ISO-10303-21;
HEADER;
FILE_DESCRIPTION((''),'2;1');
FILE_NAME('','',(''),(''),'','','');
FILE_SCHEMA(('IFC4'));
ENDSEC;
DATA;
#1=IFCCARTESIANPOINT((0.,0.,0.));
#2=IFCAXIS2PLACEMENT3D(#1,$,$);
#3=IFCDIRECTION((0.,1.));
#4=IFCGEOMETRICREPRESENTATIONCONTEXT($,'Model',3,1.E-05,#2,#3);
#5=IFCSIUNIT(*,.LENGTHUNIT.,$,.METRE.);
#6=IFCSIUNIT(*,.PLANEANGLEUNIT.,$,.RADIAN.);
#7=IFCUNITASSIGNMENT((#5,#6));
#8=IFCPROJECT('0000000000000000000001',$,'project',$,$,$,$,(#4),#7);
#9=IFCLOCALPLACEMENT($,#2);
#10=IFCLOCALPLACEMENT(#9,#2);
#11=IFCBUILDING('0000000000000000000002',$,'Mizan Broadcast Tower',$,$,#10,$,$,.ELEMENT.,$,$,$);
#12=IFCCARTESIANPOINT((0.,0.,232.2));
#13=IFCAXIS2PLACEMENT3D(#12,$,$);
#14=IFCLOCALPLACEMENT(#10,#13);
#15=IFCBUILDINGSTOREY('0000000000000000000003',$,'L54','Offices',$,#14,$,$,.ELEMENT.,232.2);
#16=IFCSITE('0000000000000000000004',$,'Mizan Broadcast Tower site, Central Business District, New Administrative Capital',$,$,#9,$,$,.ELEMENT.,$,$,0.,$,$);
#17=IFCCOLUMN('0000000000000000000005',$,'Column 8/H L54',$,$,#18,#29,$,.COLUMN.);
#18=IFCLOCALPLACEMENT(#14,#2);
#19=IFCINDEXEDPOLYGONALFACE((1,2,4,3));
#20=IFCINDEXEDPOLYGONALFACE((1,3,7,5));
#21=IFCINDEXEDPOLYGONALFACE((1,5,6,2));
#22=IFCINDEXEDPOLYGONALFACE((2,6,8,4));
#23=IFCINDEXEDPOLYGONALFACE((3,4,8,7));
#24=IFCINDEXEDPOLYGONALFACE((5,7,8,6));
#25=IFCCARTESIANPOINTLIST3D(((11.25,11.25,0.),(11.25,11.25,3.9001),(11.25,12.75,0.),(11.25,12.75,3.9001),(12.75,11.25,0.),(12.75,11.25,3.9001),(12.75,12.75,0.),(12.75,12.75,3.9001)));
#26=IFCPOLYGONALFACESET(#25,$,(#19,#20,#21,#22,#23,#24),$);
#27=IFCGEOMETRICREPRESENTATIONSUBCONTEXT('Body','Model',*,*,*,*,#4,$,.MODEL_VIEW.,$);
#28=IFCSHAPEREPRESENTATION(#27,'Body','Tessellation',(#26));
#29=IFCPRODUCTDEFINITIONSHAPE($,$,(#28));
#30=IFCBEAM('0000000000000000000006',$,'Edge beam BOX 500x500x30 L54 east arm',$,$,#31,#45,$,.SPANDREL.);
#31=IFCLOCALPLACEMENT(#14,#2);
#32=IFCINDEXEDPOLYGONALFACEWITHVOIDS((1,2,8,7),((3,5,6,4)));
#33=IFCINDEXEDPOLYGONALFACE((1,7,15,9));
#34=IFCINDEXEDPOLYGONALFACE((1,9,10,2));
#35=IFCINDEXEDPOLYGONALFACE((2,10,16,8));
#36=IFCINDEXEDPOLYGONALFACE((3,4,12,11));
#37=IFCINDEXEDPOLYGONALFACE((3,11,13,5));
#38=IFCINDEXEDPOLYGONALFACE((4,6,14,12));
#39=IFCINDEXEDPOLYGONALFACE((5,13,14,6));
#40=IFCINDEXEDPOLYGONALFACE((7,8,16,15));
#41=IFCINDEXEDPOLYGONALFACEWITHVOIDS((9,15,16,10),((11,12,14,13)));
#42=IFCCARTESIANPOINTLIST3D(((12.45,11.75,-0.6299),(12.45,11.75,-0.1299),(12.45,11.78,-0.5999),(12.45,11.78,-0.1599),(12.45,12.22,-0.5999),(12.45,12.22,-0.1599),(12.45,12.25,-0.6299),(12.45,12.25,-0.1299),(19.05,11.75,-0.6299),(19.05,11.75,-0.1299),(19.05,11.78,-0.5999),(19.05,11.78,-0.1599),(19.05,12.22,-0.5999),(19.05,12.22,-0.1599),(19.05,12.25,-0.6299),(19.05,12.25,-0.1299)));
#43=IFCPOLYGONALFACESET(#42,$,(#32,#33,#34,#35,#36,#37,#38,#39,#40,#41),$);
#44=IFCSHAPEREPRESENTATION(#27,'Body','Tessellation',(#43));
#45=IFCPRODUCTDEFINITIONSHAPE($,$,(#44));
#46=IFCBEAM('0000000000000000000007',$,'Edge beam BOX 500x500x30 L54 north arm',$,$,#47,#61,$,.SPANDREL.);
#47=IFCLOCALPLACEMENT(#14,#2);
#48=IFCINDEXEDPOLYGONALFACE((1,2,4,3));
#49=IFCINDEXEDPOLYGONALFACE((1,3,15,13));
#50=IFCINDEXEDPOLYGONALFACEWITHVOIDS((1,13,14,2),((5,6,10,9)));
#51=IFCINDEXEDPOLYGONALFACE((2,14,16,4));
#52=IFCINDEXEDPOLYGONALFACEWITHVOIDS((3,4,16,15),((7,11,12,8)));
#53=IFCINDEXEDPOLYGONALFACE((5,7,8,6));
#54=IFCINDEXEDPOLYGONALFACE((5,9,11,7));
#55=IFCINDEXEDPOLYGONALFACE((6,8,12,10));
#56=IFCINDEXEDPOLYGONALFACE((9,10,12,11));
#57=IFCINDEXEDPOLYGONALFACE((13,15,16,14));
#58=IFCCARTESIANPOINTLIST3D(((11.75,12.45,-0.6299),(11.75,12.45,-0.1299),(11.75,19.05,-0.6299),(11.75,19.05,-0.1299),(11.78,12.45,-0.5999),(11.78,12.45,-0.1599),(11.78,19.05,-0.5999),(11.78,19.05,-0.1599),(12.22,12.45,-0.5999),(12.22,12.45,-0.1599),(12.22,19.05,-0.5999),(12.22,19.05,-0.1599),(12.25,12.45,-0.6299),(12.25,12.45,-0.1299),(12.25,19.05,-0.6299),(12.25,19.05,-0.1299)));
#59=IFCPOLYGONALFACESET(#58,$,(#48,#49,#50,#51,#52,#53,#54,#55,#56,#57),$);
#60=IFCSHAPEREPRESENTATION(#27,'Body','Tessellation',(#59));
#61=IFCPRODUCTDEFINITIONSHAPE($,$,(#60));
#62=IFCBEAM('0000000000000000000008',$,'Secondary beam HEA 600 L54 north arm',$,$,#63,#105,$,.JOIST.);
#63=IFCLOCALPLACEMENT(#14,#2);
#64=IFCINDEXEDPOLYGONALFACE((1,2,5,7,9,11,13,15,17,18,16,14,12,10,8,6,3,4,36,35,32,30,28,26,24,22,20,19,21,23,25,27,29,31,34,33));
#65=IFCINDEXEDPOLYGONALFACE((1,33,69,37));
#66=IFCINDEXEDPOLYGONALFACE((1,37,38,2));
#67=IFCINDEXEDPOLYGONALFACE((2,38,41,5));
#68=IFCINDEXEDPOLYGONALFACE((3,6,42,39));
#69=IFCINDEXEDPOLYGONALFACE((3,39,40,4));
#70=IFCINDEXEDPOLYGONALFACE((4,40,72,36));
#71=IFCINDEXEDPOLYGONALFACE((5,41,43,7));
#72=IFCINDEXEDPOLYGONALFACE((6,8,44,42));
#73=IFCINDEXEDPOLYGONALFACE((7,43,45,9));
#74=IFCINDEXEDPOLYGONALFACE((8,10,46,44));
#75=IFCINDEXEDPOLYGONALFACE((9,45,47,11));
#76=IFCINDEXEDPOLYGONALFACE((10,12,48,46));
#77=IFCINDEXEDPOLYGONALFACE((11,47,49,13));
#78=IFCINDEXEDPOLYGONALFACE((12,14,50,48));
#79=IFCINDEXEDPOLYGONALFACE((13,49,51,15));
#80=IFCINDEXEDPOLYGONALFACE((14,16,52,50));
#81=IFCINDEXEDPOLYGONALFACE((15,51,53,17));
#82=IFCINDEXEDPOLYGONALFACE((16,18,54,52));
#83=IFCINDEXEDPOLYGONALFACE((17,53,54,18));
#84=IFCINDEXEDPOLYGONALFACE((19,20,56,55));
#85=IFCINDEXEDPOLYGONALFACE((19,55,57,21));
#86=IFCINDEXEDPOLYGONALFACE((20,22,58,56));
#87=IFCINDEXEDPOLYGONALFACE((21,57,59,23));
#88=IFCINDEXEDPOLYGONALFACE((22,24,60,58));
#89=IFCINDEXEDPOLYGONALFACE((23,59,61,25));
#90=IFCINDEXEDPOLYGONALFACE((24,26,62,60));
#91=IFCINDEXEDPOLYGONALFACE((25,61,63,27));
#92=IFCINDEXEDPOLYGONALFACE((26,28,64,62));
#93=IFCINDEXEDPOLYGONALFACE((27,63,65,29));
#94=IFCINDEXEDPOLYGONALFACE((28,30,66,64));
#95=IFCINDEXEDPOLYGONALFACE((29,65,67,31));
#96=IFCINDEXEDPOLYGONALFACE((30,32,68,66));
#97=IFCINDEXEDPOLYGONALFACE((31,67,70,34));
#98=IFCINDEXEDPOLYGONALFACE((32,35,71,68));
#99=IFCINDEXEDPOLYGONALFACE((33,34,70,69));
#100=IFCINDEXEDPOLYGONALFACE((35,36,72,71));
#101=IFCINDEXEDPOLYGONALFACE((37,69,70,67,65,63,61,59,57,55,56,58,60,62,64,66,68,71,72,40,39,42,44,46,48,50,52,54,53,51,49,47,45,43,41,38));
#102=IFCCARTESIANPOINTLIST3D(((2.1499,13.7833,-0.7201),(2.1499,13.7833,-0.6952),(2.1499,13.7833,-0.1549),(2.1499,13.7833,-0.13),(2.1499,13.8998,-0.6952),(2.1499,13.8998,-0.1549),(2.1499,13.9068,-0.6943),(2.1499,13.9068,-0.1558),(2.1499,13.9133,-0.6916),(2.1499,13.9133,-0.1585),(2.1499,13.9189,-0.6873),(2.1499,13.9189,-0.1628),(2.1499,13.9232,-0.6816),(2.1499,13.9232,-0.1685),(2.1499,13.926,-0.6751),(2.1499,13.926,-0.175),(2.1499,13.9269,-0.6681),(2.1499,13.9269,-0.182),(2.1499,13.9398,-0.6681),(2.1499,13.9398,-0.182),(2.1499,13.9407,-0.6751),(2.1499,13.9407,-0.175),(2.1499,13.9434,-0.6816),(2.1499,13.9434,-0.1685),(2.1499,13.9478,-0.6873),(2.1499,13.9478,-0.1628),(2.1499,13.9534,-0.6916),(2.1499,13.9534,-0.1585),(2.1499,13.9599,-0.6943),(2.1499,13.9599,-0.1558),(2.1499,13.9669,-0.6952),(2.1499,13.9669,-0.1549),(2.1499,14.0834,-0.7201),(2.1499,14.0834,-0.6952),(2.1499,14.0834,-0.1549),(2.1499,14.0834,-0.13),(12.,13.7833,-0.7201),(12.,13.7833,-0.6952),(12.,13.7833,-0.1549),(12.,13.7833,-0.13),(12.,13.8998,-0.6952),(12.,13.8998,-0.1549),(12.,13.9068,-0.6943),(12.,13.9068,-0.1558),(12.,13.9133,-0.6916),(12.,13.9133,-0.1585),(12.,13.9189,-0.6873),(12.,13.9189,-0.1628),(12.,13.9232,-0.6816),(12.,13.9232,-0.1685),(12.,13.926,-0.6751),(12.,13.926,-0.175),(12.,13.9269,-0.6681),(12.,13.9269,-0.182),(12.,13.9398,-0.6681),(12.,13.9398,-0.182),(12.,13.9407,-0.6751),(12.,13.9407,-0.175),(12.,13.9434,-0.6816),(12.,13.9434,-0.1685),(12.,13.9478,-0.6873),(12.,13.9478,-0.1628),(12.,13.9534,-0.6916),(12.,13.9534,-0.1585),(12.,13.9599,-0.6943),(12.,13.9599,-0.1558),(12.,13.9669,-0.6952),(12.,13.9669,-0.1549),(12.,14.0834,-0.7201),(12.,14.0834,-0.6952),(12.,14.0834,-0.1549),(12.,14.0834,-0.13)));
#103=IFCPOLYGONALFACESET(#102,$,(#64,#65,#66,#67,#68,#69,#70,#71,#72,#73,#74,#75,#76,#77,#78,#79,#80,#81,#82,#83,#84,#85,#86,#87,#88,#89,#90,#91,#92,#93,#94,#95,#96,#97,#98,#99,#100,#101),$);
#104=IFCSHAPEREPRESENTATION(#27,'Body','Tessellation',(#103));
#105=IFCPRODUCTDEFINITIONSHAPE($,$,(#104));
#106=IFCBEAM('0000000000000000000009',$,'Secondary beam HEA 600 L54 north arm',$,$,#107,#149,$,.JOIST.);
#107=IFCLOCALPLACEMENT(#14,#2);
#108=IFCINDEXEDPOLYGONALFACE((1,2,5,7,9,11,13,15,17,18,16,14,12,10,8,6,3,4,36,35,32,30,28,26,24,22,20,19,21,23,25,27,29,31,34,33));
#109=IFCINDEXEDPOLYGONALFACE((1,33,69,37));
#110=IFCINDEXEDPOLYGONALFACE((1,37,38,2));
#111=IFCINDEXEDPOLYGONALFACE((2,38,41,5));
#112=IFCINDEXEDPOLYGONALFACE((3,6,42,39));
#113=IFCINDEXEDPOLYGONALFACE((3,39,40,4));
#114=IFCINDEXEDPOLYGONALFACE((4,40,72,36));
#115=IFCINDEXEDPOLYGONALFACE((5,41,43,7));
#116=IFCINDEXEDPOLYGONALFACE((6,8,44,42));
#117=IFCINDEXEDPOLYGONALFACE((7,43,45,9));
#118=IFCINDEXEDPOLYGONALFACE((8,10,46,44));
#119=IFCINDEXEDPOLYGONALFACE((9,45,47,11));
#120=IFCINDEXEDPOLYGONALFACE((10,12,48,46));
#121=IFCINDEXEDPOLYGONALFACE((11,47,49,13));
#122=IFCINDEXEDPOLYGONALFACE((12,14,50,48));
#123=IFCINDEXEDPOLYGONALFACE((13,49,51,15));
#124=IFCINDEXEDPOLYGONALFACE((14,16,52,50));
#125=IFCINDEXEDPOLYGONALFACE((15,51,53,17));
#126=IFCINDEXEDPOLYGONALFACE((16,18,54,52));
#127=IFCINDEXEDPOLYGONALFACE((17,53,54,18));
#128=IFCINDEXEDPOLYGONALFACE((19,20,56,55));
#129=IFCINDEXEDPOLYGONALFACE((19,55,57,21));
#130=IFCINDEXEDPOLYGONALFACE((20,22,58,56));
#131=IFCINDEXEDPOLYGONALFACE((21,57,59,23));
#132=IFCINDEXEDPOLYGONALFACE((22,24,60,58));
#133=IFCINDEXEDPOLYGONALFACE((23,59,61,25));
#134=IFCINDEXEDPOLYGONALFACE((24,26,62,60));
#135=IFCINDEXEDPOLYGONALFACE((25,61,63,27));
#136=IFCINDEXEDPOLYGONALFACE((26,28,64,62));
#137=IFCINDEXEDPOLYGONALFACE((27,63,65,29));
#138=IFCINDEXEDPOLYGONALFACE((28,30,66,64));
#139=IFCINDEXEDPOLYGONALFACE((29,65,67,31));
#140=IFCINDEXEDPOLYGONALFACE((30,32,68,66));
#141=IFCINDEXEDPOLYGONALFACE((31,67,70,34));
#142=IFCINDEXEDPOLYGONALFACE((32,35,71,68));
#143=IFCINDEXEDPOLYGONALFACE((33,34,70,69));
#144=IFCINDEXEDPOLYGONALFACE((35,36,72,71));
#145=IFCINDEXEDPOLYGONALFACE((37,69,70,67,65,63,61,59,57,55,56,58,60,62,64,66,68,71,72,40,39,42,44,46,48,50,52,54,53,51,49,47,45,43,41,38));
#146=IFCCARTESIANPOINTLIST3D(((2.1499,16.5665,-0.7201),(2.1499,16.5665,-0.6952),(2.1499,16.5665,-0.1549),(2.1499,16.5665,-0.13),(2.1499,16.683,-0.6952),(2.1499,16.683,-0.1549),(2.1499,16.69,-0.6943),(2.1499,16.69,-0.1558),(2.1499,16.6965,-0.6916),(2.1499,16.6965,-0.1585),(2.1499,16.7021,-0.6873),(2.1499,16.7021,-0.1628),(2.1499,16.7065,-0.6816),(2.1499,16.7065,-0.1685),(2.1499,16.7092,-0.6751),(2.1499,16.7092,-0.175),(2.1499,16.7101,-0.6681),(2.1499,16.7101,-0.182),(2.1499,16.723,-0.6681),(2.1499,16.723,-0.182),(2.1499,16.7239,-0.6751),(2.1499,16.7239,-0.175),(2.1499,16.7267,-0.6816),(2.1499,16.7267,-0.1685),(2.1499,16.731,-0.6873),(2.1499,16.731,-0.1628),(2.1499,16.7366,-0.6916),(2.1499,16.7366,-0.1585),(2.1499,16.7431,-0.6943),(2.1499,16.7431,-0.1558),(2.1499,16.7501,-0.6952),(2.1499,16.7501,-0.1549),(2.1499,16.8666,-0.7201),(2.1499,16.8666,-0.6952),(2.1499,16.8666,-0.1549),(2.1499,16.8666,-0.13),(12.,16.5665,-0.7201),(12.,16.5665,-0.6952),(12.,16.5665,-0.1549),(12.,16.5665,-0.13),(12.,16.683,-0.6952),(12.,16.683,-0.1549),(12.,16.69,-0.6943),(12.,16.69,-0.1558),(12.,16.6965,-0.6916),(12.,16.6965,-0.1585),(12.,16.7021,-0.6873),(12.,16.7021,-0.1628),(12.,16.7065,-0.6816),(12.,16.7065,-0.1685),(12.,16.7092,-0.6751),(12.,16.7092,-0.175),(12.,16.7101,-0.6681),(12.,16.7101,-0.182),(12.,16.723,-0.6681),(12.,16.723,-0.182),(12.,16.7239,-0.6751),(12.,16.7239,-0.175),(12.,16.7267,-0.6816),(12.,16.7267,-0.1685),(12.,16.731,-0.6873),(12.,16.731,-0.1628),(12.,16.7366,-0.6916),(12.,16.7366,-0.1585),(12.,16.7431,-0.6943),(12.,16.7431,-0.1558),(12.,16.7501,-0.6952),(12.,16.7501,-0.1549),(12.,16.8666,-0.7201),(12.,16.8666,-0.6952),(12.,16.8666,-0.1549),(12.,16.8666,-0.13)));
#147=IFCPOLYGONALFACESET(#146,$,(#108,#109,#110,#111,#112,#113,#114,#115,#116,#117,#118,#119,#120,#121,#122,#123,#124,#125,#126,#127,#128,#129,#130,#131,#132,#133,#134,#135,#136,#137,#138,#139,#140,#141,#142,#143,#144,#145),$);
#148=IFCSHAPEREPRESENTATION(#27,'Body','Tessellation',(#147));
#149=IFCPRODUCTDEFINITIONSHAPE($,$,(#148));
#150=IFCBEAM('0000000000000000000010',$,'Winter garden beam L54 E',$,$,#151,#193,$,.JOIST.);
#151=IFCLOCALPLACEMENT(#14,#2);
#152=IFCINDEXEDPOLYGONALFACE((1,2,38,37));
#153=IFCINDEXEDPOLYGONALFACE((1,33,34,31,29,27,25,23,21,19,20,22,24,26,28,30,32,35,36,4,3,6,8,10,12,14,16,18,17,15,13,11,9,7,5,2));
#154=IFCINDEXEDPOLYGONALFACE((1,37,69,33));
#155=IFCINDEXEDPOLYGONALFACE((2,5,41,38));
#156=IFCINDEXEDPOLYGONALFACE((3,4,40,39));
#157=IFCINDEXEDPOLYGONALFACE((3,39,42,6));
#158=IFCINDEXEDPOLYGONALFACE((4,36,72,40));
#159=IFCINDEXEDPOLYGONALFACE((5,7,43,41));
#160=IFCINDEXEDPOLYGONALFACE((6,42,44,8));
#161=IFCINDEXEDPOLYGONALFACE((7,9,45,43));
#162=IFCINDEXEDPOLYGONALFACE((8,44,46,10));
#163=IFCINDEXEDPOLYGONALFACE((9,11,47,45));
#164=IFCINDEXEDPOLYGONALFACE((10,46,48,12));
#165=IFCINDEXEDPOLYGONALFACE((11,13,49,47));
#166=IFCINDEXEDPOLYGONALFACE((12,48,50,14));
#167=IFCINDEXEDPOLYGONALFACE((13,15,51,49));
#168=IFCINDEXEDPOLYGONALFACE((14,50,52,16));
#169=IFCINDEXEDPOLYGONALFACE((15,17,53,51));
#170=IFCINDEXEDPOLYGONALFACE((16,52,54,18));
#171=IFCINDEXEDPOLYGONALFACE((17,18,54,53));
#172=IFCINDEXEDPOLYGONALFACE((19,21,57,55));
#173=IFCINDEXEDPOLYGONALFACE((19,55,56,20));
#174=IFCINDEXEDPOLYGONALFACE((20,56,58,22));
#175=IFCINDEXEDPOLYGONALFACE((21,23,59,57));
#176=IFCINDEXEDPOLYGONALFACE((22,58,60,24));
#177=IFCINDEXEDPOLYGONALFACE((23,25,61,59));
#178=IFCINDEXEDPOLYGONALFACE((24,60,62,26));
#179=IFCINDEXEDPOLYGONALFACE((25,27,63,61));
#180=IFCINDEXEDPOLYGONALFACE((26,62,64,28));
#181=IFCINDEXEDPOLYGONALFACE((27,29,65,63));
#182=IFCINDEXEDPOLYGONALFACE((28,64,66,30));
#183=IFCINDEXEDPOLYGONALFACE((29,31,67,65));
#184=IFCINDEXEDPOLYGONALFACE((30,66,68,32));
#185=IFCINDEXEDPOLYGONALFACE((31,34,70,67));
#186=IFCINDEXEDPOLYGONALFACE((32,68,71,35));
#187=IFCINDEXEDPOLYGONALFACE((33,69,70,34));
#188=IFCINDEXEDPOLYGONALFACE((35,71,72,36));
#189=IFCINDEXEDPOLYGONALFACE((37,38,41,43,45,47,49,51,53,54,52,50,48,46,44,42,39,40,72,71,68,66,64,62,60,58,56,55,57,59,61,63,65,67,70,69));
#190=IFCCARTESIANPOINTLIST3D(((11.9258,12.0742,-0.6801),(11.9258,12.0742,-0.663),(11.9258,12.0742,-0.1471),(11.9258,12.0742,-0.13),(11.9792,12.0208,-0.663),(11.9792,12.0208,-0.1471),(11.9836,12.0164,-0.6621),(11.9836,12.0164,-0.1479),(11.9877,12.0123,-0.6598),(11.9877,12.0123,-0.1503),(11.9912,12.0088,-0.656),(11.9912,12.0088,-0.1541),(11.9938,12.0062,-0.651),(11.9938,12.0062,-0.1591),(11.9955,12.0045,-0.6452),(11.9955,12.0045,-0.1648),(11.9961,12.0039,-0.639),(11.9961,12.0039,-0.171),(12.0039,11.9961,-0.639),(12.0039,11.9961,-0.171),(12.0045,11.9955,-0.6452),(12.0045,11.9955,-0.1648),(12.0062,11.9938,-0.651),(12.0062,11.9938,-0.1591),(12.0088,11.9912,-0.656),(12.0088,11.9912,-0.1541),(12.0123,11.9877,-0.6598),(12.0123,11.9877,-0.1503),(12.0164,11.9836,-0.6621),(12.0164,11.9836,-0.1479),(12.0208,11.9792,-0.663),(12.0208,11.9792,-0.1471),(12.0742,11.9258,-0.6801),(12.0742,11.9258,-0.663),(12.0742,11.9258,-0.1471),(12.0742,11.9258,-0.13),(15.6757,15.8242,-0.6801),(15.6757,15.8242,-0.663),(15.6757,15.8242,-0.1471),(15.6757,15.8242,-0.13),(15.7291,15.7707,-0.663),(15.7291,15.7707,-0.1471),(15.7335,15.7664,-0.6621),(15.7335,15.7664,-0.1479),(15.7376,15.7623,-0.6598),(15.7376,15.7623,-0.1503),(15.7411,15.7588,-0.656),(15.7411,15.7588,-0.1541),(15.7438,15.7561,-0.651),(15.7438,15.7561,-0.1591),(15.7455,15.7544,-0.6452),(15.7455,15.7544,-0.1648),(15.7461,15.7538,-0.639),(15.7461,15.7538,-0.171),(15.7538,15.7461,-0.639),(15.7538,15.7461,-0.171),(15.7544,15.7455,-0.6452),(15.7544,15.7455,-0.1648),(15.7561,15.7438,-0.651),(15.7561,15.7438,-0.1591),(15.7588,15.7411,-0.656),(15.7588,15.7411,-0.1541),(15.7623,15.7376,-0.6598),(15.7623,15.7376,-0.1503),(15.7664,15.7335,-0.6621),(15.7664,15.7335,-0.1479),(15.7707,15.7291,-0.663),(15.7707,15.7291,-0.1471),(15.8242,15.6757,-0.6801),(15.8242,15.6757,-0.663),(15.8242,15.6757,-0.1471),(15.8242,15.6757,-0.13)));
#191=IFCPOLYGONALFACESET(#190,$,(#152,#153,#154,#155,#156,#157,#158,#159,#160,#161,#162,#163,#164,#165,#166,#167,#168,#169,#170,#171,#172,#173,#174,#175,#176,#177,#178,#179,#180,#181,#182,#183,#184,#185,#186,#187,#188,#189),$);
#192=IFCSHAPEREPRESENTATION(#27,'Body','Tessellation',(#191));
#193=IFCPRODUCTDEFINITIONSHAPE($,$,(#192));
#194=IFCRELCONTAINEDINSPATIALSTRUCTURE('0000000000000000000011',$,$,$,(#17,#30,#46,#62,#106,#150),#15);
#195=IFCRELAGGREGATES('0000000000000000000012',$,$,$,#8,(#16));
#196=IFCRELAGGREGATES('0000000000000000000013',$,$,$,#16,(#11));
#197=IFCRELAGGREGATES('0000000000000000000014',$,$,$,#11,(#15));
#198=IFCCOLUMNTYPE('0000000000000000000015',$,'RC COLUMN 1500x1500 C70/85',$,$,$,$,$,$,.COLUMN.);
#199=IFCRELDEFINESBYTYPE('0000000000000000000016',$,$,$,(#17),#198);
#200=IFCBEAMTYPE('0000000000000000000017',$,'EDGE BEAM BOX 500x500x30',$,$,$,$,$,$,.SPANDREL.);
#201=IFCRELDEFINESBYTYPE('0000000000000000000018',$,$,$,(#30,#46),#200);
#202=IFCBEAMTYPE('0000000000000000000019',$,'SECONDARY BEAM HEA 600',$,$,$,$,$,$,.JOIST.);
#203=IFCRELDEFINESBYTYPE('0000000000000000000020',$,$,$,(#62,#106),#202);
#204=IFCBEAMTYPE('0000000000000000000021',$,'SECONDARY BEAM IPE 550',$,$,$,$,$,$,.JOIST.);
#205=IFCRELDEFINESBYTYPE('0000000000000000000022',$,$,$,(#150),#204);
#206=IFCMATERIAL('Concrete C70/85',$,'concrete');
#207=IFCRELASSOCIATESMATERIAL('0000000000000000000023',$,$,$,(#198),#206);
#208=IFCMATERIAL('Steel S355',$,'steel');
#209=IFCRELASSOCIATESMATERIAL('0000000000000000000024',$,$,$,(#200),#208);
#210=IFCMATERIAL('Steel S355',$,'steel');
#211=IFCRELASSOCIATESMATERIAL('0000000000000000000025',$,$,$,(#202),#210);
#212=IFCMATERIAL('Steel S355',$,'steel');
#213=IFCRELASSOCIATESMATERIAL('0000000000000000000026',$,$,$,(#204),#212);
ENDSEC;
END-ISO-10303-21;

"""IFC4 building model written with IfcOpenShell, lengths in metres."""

from ifc_helpers import new_model, si_unit, direction, frame, origin, origin_2d, place, context, subcontext, project, spatial, rectangle, hollow_rectangle, i_section, extrude, material, material_profile, profile_set, type_object, element, save


model = new_model("IFC4")

# Units and contexts
model_context = context("Model", 3, precision=1e-05, world=origin(), true_north=direction((0.0, 1.0)))
body_context = subcontext(model_context, "Body", "Model", "MODEL_VIEW")
ifc_project = project(units=[si_unit("LENGTHUNIT", "METRE"), si_unit("PLANEANGLEUNIT", "RADIAN")], contexts=[model_context])

# Site, building, storey
site_placement = place(None, origin())
site = spatial("IfcSite", under=ifc_project, at=site_placement, Name="Mizan Broadcast Tower site, Central Business District, New Administrative Capital", CompositionType="ELEMENT", RefElevation=0.0)
building_placement = place(site_placement, origin())
building = spatial("IfcBuilding", under=site, at=building_placement, Name="Mizan Broadcast Tower", CompositionType="ELEMENT")
storey_placement = place(building_placement, frame((0.0, 0.0, 232.2)))
storey = spatial("IfcBuildingStorey", under=building, at=storey_placement, Name="L54", Description="Offices", CompositionType="ELEMENT", Elevation=232.2)

# Column
ifc_material_1 = material(Name="Concrete C70/85", Category="concrete")
ifc_material_profile_1 = material_profile(ifc_material_1, rectangle(XDim=1.5, YDim=1.5, at=origin_2d()), Name="RC 1500x1500")
ifc_profile_set_1 = profile_set([ifc_material_profile_1], Name="Concrete C70/85")
column_type = type_object("IfcColumnType", Name="RC COLUMN 1500x1500 C70/85", PredefinedType="COLUMN", material=ifc_profile_set_1)
column_placement = place(storey_placement, frame((12.0, 12.0, 0.0), z_axis=(0.0, 0.0, 1.0), x_axis=(1.0, 0.0, 0.0)))
element("IfcColumn", 1, at=column_placement, inside=storey, type_object=column_type, Name="Column 8/H L54", PredefinedType="COLUMN", context=body_context, shape_type="SweptSolid", body=[
    extrude(rectangle(XDim=1.5, YDim=1.5, at=origin_2d()), origin(), (0.0, 0.0, 1.0), 3.9001),
])

# Beams
ifc_material_2 = material(Name="Steel S355", Category="steel")
ifc_material_profile_2 = material_profile(ifc_material_2, hollow_rectangle(XDim=0.5, YDim=0.5, WallThickness=0.03, at=origin_2d()), Name="BOX 500x500x30")
ifc_profile_set_2 = profile_set([ifc_material_profile_2], Name="Steel S355")
beam_type_1 = type_object("IfcBeamType", Name="EDGE BEAM BOX 500x500x30", PredefinedType="SPANDREL", material=ifc_profile_set_2)
for number, where, z_axis, x_axis, name in (
    (2, (12.45, 12.0, -0.3799), (1.0, 0.0, 0.0), (0.0, 1.0, 0.0), "Edge beam BOX 500x500x30 L54 east arm"),
    (3, (12.0, 12.45, -0.3799), (0.0, 1.0, 0.0), (-1.0, 0.0, 0.0), "Edge beam BOX 500x500x30 L54 north arm"),
):
    element("IfcBeam", number, at=place(storey_placement, frame(where, z_axis=z_axis, x_axis=x_axis)), inside=storey, type_object=beam_type_1, Name=name, PredefinedType="SPANDREL", context=body_context, shape_type="SweptSolid", body=[
        extrude(hollow_rectangle(XDim=0.5, YDim=0.5, WallThickness=0.03, at=origin_2d()), origin(), (0.0, 0.0, 1.0), 6.6001),
    ])
ifc_material_3 = material(Name="Steel S355", Category="steel")
ifc_material_profile_3 = material_profile(ifc_material_3, i_section(OverallWidth=0.3, OverallDepth=0.5901, WebThickness=0.0129, FlangeThickness=0.0249, FilletRadius=0.0271, at=origin_2d()), Name="HEA 600")
ifc_profile_set_3 = profile_set([ifc_material_profile_3], Name="Steel S355")
beam_type_2 = type_object("IfcBeamType", Name="SECONDARY BEAM HEA 600", PredefinedType="JOIST", material=ifc_profile_set_3)
for number, where, z_axis, x_axis, name in (
    (4, (12.0, 13.9333, -0.425), (-1.0, 0.0, 0.0), (0.0, -1.0, 0.0), "Secondary beam HEA 600 L54 north arm"),
    (5, (12.0, 16.7166, -0.425), (-1.0, 0.0, 0.0), (0.0, -1.0, 0.0), "Secondary beam HEA 600 L54 north arm"),
):
    element("IfcBeam", number, at=place(storey_placement, frame(where, z_axis=z_axis, x_axis=x_axis)), inside=storey, type_object=beam_type_2, Name=name, PredefinedType="JOIST", context=body_context, shape_type="SweptSolid", body=[
        extrude(i_section(OverallWidth=0.3, OverallDepth=0.5901, WebThickness=0.0129, FlangeThickness=0.0249, FilletRadius=0.0271, at=origin_2d()), origin(), (0.0, 0.0, 1.0), 9.8501),
    ])
ifc_material_4 = material(Name="Steel S355", Category="steel")
ifc_material_profile_4 = material_profile(ifc_material_4, i_section(OverallWidth=0.21, OverallDepth=0.55, WebThickness=0.011, FlangeThickness=0.0171, FilletRadius=0.0239, at=origin_2d()), Name="IPE 550")
ifc_profile_set_4 = profile_set([ifc_material_profile_4], Name="Steel S355")
beam_type_3 = type_object("IfcBeamType", Name="SECONDARY BEAM IPE 550", PredefinedType="JOIST", material=ifc_profile_set_4)
beam_placement = place(storey_placement, frame((12.0, 12.0, -0.405), z_axis=(0.707107, 0.707107, 0.0), x_axis=(-0.707107, 0.707107, 0.0)))
element("IfcBeam", 6, at=beam_placement, inside=storey, type_object=beam_type_3, Name="Winter garden beam L54 E", PredefinedType="JOIST", context=body_context, shape_type="SweptSolid", body=[
    extrude(i_section(OverallWidth=0.21, OverallDepth=0.55, WebThickness=0.011, FlangeThickness=0.0171, FilletRadius=0.0239, at=origin_2d()), origin(), (0.0, 0.0, 1.0), 5.3032),
])

save(model, "model.ifc")
